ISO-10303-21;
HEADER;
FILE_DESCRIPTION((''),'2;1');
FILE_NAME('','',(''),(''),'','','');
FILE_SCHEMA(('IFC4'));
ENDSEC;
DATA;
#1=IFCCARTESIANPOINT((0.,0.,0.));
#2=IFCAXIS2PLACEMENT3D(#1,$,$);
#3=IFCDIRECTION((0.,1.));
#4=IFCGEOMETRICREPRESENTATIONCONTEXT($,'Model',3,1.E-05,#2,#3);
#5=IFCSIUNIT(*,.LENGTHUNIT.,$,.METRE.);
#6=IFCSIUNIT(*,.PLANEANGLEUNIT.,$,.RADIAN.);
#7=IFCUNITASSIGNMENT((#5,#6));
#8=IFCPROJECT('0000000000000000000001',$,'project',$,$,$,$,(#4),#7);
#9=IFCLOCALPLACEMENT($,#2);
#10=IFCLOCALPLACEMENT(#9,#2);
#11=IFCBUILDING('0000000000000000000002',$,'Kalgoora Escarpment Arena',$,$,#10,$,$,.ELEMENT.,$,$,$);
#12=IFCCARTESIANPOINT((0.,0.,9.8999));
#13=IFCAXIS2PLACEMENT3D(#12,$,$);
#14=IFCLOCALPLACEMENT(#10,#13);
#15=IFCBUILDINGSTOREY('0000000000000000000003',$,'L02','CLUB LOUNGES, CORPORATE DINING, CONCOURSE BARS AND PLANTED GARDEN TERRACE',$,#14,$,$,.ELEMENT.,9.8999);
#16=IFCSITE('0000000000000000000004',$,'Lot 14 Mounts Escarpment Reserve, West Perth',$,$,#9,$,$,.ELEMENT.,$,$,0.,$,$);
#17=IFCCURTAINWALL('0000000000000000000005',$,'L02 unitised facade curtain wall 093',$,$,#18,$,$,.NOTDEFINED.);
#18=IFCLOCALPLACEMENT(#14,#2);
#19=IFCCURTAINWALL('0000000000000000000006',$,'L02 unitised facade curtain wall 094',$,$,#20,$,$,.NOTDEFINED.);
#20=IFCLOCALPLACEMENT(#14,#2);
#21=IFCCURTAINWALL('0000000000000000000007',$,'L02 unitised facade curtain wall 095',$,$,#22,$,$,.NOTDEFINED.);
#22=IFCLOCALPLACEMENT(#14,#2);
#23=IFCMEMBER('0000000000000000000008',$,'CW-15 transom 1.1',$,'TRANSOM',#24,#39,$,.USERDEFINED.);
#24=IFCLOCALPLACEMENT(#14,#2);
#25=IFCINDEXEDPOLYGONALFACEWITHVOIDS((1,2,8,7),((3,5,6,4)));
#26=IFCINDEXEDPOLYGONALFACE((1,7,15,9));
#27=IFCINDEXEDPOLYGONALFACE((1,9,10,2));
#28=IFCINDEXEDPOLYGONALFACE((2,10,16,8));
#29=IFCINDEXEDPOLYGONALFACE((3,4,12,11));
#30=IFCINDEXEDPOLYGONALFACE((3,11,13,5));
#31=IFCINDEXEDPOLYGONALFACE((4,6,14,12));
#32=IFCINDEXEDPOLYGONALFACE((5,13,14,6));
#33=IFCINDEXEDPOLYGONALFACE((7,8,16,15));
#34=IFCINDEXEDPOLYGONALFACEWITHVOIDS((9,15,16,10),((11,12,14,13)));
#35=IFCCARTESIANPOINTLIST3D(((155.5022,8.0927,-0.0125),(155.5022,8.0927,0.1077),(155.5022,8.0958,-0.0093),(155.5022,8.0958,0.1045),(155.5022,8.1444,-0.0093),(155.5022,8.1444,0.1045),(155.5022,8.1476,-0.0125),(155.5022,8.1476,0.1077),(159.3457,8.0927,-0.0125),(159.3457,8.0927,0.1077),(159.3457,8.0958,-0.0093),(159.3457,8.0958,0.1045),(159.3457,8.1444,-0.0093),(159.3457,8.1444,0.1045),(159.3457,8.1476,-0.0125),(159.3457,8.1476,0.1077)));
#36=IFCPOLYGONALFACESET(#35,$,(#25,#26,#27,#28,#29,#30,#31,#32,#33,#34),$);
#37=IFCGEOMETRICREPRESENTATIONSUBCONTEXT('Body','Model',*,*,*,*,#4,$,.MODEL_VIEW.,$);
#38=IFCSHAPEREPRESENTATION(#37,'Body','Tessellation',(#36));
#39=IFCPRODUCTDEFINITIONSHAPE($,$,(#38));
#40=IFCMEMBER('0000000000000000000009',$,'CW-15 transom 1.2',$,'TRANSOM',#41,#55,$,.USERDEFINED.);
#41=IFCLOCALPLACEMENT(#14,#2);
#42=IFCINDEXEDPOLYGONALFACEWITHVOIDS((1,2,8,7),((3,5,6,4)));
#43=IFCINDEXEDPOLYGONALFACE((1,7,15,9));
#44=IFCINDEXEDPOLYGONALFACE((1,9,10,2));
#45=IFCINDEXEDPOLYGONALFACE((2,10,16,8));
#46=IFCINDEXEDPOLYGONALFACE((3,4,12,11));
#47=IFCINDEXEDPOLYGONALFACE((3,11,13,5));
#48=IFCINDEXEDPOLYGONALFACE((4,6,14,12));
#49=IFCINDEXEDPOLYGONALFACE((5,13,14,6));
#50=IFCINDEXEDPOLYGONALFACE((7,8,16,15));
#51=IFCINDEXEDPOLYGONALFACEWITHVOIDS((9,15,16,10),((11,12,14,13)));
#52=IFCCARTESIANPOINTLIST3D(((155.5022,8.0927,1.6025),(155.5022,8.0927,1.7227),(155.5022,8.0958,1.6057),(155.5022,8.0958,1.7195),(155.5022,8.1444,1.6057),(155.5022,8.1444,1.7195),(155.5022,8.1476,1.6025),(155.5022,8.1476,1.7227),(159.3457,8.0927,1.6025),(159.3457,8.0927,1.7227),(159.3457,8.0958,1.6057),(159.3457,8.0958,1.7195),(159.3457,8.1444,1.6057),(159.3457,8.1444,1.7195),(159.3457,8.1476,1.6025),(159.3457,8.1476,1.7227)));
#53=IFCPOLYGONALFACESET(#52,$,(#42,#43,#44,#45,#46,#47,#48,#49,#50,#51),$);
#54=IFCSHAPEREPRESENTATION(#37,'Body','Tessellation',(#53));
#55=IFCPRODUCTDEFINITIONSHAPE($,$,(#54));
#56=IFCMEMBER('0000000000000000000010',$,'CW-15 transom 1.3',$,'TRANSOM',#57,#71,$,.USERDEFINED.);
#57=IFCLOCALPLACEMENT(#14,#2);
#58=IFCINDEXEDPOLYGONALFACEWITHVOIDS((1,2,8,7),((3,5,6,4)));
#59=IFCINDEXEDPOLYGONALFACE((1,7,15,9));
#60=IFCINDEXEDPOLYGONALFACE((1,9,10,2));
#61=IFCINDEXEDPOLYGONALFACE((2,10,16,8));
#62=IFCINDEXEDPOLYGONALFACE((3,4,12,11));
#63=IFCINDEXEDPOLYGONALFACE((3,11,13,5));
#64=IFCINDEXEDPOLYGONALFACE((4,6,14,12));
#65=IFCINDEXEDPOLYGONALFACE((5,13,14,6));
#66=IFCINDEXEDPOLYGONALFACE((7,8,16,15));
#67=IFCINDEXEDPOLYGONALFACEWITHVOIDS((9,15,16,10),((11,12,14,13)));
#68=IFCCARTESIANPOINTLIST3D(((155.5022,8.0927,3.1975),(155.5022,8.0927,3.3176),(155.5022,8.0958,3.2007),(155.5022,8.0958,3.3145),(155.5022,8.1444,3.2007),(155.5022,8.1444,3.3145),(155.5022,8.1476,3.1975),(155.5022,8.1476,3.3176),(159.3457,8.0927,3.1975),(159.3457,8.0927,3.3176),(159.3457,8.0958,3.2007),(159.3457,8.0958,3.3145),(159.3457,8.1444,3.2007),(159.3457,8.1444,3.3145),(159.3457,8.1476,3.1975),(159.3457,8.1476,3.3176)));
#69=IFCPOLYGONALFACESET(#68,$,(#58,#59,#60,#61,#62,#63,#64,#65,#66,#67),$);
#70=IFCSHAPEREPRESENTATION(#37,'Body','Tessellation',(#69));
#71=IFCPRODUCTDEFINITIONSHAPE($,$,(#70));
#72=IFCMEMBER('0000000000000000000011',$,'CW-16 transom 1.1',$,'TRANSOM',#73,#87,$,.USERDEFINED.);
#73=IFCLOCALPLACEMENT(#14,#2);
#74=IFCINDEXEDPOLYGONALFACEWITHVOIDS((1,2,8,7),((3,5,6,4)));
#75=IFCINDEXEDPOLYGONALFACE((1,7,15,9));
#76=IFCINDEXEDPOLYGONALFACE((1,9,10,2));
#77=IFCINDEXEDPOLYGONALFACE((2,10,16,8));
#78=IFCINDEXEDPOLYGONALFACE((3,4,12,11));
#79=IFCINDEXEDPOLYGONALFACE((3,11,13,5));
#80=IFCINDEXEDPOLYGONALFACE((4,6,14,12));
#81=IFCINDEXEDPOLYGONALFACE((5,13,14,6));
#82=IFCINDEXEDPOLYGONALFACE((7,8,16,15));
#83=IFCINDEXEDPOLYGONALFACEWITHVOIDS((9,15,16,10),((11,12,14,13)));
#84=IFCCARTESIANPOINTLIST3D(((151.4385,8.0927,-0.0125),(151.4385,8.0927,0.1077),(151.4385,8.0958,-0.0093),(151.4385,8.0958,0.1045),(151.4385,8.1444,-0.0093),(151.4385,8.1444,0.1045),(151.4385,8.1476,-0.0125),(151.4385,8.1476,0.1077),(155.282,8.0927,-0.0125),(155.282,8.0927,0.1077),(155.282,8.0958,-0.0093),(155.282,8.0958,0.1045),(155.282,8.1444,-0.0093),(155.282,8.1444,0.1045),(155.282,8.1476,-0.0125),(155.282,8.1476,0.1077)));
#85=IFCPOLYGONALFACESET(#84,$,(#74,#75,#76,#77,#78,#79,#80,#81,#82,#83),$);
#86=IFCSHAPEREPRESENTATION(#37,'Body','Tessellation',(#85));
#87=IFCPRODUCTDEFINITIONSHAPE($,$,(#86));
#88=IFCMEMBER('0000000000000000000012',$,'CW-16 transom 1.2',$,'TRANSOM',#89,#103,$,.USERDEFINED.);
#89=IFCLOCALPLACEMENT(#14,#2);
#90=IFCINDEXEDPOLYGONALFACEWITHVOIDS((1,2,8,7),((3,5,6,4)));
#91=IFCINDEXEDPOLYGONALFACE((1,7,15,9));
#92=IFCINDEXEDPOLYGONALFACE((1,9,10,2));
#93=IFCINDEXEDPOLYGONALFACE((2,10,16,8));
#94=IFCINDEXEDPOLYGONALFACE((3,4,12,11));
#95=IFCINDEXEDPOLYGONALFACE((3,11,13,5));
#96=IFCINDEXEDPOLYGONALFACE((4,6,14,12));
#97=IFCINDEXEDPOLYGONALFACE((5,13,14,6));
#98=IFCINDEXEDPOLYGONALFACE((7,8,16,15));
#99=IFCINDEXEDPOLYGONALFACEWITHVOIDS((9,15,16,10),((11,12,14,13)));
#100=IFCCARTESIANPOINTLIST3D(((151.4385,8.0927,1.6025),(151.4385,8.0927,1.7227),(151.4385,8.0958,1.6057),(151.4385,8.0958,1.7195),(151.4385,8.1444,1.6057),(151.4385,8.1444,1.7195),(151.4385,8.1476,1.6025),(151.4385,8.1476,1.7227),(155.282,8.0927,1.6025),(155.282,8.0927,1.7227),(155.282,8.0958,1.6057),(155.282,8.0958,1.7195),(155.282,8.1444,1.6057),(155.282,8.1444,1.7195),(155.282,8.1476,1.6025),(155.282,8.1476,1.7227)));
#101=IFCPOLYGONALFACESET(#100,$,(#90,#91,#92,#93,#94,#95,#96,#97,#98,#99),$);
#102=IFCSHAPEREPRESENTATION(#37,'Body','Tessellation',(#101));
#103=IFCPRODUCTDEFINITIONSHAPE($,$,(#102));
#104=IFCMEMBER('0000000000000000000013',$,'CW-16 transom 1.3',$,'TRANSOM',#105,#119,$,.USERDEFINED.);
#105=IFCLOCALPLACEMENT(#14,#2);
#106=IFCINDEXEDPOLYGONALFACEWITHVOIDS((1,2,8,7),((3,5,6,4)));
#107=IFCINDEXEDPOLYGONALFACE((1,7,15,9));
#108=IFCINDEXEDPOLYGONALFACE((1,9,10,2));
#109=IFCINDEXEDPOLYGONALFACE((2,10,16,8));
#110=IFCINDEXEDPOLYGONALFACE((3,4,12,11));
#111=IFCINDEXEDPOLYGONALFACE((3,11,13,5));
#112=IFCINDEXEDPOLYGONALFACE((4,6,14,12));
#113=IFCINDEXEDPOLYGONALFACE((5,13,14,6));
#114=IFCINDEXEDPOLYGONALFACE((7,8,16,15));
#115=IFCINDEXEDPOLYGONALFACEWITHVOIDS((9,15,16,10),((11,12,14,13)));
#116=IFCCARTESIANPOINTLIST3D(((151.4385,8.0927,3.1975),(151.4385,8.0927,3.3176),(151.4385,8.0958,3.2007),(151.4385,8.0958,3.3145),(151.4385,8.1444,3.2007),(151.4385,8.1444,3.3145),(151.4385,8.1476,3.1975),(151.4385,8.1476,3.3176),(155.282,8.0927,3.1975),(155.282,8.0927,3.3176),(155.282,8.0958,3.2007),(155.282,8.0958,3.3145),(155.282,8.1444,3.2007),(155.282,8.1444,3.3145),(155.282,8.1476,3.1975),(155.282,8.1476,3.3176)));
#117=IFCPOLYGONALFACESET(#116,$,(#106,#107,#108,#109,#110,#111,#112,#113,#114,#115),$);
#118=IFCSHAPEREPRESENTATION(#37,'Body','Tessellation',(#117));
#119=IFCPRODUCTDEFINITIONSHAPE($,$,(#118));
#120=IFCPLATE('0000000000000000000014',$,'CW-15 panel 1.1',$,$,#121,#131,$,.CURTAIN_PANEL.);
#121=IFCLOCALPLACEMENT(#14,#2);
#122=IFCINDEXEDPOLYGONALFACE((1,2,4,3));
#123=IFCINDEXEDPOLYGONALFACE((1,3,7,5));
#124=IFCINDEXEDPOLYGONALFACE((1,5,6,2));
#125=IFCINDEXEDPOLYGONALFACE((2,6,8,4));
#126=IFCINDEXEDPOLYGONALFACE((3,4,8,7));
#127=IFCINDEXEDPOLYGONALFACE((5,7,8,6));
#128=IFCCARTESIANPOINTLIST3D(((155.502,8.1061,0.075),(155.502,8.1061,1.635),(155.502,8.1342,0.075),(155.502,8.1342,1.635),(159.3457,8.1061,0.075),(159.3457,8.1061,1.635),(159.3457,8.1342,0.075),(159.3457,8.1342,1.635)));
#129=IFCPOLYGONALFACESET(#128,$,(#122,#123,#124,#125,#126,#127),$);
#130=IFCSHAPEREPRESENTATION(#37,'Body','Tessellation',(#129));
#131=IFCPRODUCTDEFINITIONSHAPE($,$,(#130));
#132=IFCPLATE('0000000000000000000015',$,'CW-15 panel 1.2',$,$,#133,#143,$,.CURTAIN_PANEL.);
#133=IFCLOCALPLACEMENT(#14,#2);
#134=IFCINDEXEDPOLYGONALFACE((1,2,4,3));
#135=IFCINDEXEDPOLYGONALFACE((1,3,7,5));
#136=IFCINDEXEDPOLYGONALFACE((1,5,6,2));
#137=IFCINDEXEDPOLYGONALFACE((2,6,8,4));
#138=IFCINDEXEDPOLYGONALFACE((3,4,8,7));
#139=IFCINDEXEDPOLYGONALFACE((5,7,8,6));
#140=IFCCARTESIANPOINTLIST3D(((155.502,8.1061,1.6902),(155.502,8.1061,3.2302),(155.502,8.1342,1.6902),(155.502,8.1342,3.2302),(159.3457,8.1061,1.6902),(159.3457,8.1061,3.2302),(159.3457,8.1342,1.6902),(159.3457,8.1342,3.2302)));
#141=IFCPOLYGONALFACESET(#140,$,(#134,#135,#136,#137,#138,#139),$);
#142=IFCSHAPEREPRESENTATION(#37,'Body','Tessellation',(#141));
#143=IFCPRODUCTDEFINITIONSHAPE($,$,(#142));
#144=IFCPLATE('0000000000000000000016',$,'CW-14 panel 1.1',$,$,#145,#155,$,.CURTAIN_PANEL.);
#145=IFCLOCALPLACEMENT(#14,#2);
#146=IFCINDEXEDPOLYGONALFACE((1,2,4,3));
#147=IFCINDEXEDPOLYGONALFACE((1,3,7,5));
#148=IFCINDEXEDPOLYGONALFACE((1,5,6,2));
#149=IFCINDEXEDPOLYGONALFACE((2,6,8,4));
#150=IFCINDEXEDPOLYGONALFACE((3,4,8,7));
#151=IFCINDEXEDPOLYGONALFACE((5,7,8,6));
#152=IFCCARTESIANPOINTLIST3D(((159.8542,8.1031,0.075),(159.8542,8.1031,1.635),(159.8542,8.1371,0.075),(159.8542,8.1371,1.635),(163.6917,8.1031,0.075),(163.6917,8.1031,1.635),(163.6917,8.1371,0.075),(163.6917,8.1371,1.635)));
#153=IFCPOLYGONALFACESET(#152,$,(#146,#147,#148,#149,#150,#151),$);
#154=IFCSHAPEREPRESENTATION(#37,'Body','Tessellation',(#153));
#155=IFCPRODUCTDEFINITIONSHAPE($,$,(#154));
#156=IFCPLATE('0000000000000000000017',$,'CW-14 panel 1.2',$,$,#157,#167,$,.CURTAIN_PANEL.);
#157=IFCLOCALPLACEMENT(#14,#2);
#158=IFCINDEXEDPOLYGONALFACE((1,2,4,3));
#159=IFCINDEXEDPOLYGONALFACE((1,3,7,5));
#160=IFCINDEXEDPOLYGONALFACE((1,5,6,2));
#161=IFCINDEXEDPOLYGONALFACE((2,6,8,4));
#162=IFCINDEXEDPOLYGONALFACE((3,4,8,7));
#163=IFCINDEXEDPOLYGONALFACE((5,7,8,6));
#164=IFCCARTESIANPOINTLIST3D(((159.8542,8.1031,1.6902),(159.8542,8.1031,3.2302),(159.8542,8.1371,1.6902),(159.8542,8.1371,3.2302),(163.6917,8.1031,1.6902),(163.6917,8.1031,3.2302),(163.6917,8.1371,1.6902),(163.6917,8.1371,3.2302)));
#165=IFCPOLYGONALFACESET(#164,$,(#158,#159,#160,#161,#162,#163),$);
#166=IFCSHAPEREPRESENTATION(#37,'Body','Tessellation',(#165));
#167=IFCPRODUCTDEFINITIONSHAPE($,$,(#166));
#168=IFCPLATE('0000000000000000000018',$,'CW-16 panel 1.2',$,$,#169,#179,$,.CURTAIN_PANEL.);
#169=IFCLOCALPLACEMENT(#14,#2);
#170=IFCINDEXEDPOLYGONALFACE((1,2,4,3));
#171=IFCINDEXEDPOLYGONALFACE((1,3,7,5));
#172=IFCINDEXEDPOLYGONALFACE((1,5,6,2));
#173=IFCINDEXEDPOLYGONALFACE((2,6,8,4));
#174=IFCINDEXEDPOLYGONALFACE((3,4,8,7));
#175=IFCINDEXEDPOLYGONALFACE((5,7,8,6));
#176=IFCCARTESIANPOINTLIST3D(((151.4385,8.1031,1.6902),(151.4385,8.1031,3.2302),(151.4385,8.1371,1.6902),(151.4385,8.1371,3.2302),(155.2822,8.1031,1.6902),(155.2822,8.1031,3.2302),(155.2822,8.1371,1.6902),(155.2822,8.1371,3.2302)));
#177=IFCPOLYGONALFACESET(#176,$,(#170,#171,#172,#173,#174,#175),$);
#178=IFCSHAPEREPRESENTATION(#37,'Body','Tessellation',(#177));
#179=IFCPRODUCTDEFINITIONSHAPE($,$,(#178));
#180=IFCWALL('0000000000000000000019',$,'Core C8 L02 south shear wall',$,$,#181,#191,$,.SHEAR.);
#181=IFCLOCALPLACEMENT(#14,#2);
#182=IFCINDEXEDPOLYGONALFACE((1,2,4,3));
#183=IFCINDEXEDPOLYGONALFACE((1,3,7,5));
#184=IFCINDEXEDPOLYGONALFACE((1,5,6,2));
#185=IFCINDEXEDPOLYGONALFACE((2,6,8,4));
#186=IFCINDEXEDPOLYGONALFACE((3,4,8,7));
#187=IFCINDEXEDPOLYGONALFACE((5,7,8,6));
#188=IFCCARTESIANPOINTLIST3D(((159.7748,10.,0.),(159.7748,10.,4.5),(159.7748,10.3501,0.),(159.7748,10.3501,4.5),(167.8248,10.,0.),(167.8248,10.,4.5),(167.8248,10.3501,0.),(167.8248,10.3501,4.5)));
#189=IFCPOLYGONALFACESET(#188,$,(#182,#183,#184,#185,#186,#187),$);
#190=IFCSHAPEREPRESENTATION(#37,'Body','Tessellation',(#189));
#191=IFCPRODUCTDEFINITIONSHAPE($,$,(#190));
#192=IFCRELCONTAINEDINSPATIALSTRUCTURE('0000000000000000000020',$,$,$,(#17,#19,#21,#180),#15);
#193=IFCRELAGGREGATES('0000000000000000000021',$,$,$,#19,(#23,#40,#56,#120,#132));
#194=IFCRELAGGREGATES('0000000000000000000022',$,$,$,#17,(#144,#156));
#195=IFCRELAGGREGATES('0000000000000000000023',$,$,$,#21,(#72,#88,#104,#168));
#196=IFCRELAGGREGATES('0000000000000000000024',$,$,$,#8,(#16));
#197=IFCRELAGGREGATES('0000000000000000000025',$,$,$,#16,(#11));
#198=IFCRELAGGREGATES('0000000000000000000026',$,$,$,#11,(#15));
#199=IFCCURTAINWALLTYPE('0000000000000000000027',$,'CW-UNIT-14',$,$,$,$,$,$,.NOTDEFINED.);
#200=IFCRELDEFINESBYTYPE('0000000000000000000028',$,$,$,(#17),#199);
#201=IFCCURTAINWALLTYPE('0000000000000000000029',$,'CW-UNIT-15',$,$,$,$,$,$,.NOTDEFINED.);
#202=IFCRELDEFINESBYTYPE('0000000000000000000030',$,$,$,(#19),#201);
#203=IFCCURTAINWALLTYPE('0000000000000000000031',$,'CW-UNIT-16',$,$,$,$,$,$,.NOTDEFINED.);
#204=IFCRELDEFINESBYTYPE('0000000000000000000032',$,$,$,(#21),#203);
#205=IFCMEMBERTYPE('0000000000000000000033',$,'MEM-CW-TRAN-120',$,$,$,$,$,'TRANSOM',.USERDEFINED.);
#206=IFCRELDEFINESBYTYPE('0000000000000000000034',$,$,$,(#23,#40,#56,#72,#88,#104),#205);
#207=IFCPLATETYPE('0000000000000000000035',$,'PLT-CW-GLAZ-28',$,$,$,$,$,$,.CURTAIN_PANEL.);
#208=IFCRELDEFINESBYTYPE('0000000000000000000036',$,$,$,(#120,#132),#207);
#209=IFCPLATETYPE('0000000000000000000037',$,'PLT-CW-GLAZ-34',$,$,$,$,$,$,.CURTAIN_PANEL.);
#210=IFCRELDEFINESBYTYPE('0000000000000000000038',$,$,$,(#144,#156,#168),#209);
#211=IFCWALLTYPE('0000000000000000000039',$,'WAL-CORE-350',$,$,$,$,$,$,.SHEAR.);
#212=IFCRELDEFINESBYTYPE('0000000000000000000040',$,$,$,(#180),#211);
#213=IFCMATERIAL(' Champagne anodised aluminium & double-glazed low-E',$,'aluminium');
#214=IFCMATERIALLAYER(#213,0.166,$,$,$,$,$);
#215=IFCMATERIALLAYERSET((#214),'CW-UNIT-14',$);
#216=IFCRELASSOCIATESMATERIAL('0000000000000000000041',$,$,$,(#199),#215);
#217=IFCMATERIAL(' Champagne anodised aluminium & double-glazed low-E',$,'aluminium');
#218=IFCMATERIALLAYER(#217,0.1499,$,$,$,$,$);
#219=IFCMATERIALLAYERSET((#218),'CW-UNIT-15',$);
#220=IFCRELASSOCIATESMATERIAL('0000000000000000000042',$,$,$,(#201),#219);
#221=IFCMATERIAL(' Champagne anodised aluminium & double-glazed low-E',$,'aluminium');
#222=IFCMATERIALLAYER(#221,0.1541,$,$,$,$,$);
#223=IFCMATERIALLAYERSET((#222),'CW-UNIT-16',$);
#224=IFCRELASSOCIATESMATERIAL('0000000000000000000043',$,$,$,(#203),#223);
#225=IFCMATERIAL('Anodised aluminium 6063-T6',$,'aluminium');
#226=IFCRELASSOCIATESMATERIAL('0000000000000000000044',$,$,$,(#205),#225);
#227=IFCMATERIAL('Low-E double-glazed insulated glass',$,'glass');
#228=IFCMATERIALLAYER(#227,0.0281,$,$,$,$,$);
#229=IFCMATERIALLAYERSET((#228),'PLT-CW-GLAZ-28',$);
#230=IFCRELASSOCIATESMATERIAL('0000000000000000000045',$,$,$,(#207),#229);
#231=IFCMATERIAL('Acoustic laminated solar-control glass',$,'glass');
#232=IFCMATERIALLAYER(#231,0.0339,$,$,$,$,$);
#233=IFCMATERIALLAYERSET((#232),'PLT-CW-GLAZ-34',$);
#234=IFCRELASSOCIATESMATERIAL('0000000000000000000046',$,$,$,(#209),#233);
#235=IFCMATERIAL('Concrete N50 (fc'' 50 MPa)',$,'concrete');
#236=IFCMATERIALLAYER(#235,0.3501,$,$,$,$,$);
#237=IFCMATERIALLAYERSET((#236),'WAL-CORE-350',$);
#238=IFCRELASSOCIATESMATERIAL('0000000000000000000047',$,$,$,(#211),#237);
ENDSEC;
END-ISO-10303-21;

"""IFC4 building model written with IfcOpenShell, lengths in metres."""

from ifc_helpers import new_model, si_unit, direction, frame, frame_2d, origin, origin_2d, place, context, subcontext, project, spatial, rectangle, hollow_rectangle, extrude, material, layer, layer_set, material_profile, profile_set, type_object, element, aggregate, save


model = new_model("IFC4")

# Units and contexts
model_context = context("Model", 3, precision=1e-05, world=origin(), true_north=direction((0.0, 1.0)))
body_context = subcontext(model_context, "Body", "Model", "MODEL_VIEW")
ifc_project = project(units=[si_unit("LENGTHUNIT", "METRE"), si_unit("PLANEANGLEUNIT", "RADIAN")], contexts=[model_context])

# Site, building, storey
site_placement = place(None, origin())
site = spatial("IfcSite", under=ifc_project, at=site_placement, Name="Lot 14 Mounts Escarpment Reserve, West Perth", CompositionType="ELEMENT", RefElevation=0.0)
building_placement = place(site_placement, origin())
building = spatial("IfcBuilding", under=site, at=building_placement, Name="Kalgoora Escarpment Arena", CompositionType="ELEMENT")
storey_placement = place(building_placement, frame((0.0, 0.0, 9.8999)))
storey = spatial("IfcBuildingStorey", under=building, at=storey_placement, Name="L02", Description="CLUB LOUNGES, CORPORATE DINING, CONCOURSE BARS AND PLANTED GARDEN TERRACE", CompositionType="ELEMENT", Elevation=9.8999)

# Curtain wall
ifc_material_1 = material(Name=" Champagne anodised aluminium & double-glazed low-E", Category="aluminium")
ifc_layer_1 = layer(ifc_material_1, 0.166)
ifc_layer_set_1 = layer_set([ifc_layer_1], Name="CW-UNIT-14")
curtain_wall_type_1 = type_object("IfcCurtainWallType", Name="CW-UNIT-14", PredefinedType="NOTDEFINED", material=ifc_layer_set_1)
curtain_wall_1_placement = place(storey_placement, origin())
curtain_wall_1 = element("IfcCurtainWall", 1, at=curtain_wall_1_placement, inside=storey, type_object=curtain_wall_type_1, Name="L02 unitised facade curtain wall 093", PredefinedType="NOTDEFINED")

# Curtain wall
ifc_material_2 = material(Name=" Champagne anodised aluminium & double-glazed low-E", Category="aluminium")
ifc_layer_2 = layer(ifc_material_2, 0.1499)
ifc_layer_set_2 = layer_set([ifc_layer_2], Name="CW-UNIT-15")
curtain_wall_type_2 = type_object("IfcCurtainWallType", Name="CW-UNIT-15", PredefinedType="NOTDEFINED", material=ifc_layer_set_2)
curtain_wall_2_placement = place(storey_placement, origin())
curtain_wall_2 = element("IfcCurtainWall", 2, at=curtain_wall_2_placement, inside=storey, type_object=curtain_wall_type_2, Name="L02 unitised facade curtain wall 094", PredefinedType="NOTDEFINED")

# Curtain wall
ifc_material_3 = material(Name=" Champagne anodised aluminium & double-glazed low-E", Category="aluminium")
ifc_layer_3 = layer(ifc_material_3, 0.1541)
ifc_layer_set_3 = layer_set([ifc_layer_3], Name="CW-UNIT-16")
curtain_wall_type_3 = type_object("IfcCurtainWallType", Name="CW-UNIT-16", PredefinedType="NOTDEFINED", material=ifc_layer_set_3)
curtain_wall_3_placement = place(storey_placement, origin())
curtain_wall_3 = element("IfcCurtainWall", 3, at=curtain_wall_3_placement, inside=storey, type_object=curtain_wall_type_3, Name="L02 unitised facade curtain wall 095", PredefinedType="NOTDEFINED")

# Members
ifc_material_4 = material(Name="Anodised aluminium 6063-T6", Category="aluminium")
ifc_material_profile_1 = material_profile(ifc_material_4, hollow_rectangle(XDim=0.0549, YDim=0.1201, WallThickness=0.0032, at=origin_2d()))
ifc_profile_set_1 = profile_set([ifc_material_profile_1], Name="Anodised aluminium 6063-T6")
member_type_1 = type_object("IfcMemberType", Name="MEM-CW-TRAN-120", ElementType="TRANSOM", PredefinedType="USERDEFINED", material=ifc_profile_set_1)
member_1_placement = place(storey_placement, frame((159.3457, 8.1201, 0.0476), z_axis=(-1.0, 0.0, 0.0), x_axis=(0.0, -1.0, 0.0)))
member_1 = element("IfcMember", 4, at=member_1_placement, type_object=member_type_1, Name="CW-15 transom 1.1", ObjectType="TRANSOM", PredefinedType="USERDEFINED", context=body_context, shape_type="SweptSolid", body=[
    extrude(hollow_rectangle(XDim=0.0549, YDim=0.1201, WallThickness=0.0032, at=origin_2d()), origin(), (0.0, 0.0, 1.0), 3.8435),
])
member_2_placement = place(storey_placement, frame((159.3457, 8.1201, 1.6626), z_axis=(-1.0, 0.0, 0.0), x_axis=(0.0, -1.0, 0.0)))
member_2 = element("IfcMember", 5, at=member_2_placement, type_object=member_type_1, Name="CW-15 transom 1.2", ObjectType="TRANSOM", PredefinedType="USERDEFINED", context=body_context, shape_type="SweptSolid", body=[
    extrude(hollow_rectangle(XDim=0.0549, YDim=0.1201, WallThickness=0.0032, at=origin_2d()), origin(), (0.0, 0.0, 1.0), 3.8435),
])
member_3_placement = place(storey_placement, frame((159.3457, 8.1201, 3.2576), z_axis=(-1.0, 0.0, 0.0), x_axis=(0.0, -1.0, 0.0)))
member_3 = element("IfcMember", 6, at=member_3_placement, type_object=member_type_1, Name="CW-15 transom 1.3", ObjectType="TRANSOM", PredefinedType="USERDEFINED", context=body_context, shape_type="SweptSolid", body=[
    extrude(hollow_rectangle(XDim=0.0549, YDim=0.1201, WallThickness=0.0032, at=origin_2d()), origin(), (0.0, 0.0, 1.0), 3.8435),
])
member_4_placement = place(storey_placement, frame((155.282, 8.1201, 0.0476), z_axis=(-1.0, 0.0, 0.0), x_axis=(0.0, -1.0, 0.0)))
member_4 = element("IfcMember", 7, at=member_4_placement, type_object=member_type_1, Name="CW-16 transom 1.1", ObjectType="TRANSOM", PredefinedType="USERDEFINED", context=body_context, shape_type="SweptSolid", body=[
    extrude(hollow_rectangle(XDim=0.0549, YDim=0.1201, WallThickness=0.0032, at=origin_2d()), origin(), (0.0, 0.0, 1.0), 3.8435),
])
member_5_placement = place(storey_placement, frame((155.282, 8.1201, 1.6626), z_axis=(-1.0, 0.0, 0.0), x_axis=(0.0, -1.0, 0.0)))
member_5 = element("IfcMember", 8, at=member_5_placement, type_object=member_type_1, Name="CW-16 transom 1.2", ObjectType="TRANSOM", PredefinedType="USERDEFINED", context=body_context, shape_type="SweptSolid", body=[
    extrude(hollow_rectangle(XDim=0.0549, YDim=0.1201, WallThickness=0.0032, at=origin_2d()), origin(), (0.0, 0.0, 1.0), 3.8435),
])
member_6_placement = place(storey_placement, frame((155.282, 8.1201, 3.2576), z_axis=(-1.0, 0.0, 0.0), x_axis=(0.0, -1.0, 0.0)))
member_6 = element("IfcMember", 9, at=member_6_placement, type_object=member_type_1, Name="CW-16 transom 1.3", ObjectType="TRANSOM", PredefinedType="USERDEFINED", context=body_context, shape_type="SweptSolid", body=[
    extrude(hollow_rectangle(XDim=0.0549, YDim=0.1201, WallThickness=0.0032, at=origin_2d()), origin(), (0.0, 0.0, 1.0), 3.8435),
])

# Plates
ifc_material_5 = material(Name="Low-E double-glazed insulated glass", Category="glass")
ifc_layer_4 = layer(ifc_material_5, 0.0281)
ifc_layer_set_4 = layer_set([ifc_layer_4], Name="PLT-CW-GLAZ-28")
plate_type_1 = type_object("IfcPlateType", Name="PLT-CW-GLAZ-28", PredefinedType="CURTAIN_PANEL", material=ifc_layer_set_4)
plate_1_placement = place(storey_placement, frame((157.4238, 8.1201, 0.075), z_axis=(0.0, 0.0, 1.0), x_axis=(-1.0, 0.0, 0.0)))
plate_1 = element("IfcPlate", 10, at=plate_1_placement, type_object=plate_type_1, Name="CW-15 panel 1.1", PredefinedType="CURTAIN_PANEL", context=body_context, shape_type="SweptSolid", body=[
    extrude(rectangle(XDim=3.8438, YDim=0.0281, at=origin_2d()), origin(), (0.0, 0.0, 1.0), 1.5601),
])
plate_2_placement = place(storey_placement, frame((157.4238, 8.1201, 1.6902), z_axis=(0.0, 0.0, 1.0), x_axis=(-1.0, 0.0, 0.0)))
plate_2 = element("IfcPlate", 11, at=plate_2_placement, type_object=plate_type_1, Name="CW-15 panel 1.2", PredefinedType="CURTAIN_PANEL", context=body_context, shape_type="SweptSolid", body=[
    extrude(rectangle(XDim=3.8438, YDim=0.0281, at=origin_2d()), origin(), (0.0, 0.0, 1.0), 1.54),
])
aggregate(curtain_wall_2, [member_1, member_2, member_3, plate_1, plate_2])
ifc_material_6 = material(Name="Acoustic laminated solar-control glass", Category="glass")
ifc_layer_5 = layer(ifc_material_6, 0.0339)
ifc_layer_set_5 = layer_set([ifc_layer_5], Name="PLT-CW-GLAZ-34")
plate_type_2 = type_object("IfcPlateType", Name="PLT-CW-GLAZ-34", PredefinedType="CURTAIN_PANEL", material=ifc_layer_set_5)
plate_3_placement = place(storey_placement, frame((161.7729, 8.1201, 0.075), z_axis=(0.0, 0.0, 1.0), x_axis=(-1.0, 0.0, 0.0)))
plate_3 = element("IfcPlate", 12, at=plate_3_placement, type_object=plate_type_2, Name="CW-14 panel 1.1", PredefinedType="CURTAIN_PANEL", context=body_context, shape_type="SweptSolid", body=[
    extrude(rectangle(XDim=3.8374, YDim=0.0339, at=origin_2d()), origin(), (0.0, 0.0, 1.0), 1.5601),
])
plate_4_placement = place(storey_placement, frame((161.7729, 8.1201, 1.6902), z_axis=(0.0, 0.0, 1.0), x_axis=(-1.0, 0.0, 0.0)))
plate_4 = element("IfcPlate", 13, at=plate_4_placement, type_object=plate_type_2, Name="CW-14 panel 1.2", PredefinedType="CURTAIN_PANEL", context=body_context, shape_type="SweptSolid", body=[
    extrude(rectangle(XDim=3.8374, YDim=0.0339, at=origin_2d()), origin(), (0.0, 0.0, 1.0), 1.54),
])
aggregate(curtain_wall_1, [plate_3, plate_4])
plate_5_placement = place(storey_placement, frame((153.3604, 8.1201, 1.6902), z_axis=(0.0, 0.0, 1.0), x_axis=(-1.0, 0.0, 0.0)))
plate_5 = element("IfcPlate", 14, at=plate_5_placement, type_object=plate_type_2, Name="CW-16 panel 1.2", PredefinedType="CURTAIN_PANEL", context=body_context, shape_type="SweptSolid", body=[
    extrude(rectangle(XDim=3.8438, YDim=0.0339, at=origin_2d()), origin(), (0.0, 0.0, 1.0), 1.54),
])
aggregate(curtain_wall_3, [member_4, member_5, member_6, plate_5])

# Wall
ifc_material_7 = material(Name="Concrete N50 (fc' 50 MPa)", Category="concrete")
ifc_layer_6 = layer(ifc_material_7, 0.3501)
ifc_layer_set_6 = layer_set([ifc_layer_6], Name="WAL-CORE-350")
wall_type = type_object("IfcWallType", Name="WAL-CORE-350", PredefinedType="SHEAR", material=ifc_layer_set_6)
wall_1_placement = place(storey_placement, frame((159.7749, 10.175, 0.0), z_axis=(0.0, 0.0, 1.0), x_axis=(1.0, 0.0, 0.0)))
element("IfcWall", 15, at=wall_1_placement, inside=storey, type_object=wall_type, Name="Core C8 L02 south shear wall", PredefinedType="SHEAR", context=body_context, shape_type="SweptSolid", body=[
    extrude(rectangle(XDim=8.05, YDim=0.3501, at=frame_2d((4.0249, 0.0))), origin(), (0.0, 0.0, 1.0), 4.5),
])

save(model, "model.ifc")
